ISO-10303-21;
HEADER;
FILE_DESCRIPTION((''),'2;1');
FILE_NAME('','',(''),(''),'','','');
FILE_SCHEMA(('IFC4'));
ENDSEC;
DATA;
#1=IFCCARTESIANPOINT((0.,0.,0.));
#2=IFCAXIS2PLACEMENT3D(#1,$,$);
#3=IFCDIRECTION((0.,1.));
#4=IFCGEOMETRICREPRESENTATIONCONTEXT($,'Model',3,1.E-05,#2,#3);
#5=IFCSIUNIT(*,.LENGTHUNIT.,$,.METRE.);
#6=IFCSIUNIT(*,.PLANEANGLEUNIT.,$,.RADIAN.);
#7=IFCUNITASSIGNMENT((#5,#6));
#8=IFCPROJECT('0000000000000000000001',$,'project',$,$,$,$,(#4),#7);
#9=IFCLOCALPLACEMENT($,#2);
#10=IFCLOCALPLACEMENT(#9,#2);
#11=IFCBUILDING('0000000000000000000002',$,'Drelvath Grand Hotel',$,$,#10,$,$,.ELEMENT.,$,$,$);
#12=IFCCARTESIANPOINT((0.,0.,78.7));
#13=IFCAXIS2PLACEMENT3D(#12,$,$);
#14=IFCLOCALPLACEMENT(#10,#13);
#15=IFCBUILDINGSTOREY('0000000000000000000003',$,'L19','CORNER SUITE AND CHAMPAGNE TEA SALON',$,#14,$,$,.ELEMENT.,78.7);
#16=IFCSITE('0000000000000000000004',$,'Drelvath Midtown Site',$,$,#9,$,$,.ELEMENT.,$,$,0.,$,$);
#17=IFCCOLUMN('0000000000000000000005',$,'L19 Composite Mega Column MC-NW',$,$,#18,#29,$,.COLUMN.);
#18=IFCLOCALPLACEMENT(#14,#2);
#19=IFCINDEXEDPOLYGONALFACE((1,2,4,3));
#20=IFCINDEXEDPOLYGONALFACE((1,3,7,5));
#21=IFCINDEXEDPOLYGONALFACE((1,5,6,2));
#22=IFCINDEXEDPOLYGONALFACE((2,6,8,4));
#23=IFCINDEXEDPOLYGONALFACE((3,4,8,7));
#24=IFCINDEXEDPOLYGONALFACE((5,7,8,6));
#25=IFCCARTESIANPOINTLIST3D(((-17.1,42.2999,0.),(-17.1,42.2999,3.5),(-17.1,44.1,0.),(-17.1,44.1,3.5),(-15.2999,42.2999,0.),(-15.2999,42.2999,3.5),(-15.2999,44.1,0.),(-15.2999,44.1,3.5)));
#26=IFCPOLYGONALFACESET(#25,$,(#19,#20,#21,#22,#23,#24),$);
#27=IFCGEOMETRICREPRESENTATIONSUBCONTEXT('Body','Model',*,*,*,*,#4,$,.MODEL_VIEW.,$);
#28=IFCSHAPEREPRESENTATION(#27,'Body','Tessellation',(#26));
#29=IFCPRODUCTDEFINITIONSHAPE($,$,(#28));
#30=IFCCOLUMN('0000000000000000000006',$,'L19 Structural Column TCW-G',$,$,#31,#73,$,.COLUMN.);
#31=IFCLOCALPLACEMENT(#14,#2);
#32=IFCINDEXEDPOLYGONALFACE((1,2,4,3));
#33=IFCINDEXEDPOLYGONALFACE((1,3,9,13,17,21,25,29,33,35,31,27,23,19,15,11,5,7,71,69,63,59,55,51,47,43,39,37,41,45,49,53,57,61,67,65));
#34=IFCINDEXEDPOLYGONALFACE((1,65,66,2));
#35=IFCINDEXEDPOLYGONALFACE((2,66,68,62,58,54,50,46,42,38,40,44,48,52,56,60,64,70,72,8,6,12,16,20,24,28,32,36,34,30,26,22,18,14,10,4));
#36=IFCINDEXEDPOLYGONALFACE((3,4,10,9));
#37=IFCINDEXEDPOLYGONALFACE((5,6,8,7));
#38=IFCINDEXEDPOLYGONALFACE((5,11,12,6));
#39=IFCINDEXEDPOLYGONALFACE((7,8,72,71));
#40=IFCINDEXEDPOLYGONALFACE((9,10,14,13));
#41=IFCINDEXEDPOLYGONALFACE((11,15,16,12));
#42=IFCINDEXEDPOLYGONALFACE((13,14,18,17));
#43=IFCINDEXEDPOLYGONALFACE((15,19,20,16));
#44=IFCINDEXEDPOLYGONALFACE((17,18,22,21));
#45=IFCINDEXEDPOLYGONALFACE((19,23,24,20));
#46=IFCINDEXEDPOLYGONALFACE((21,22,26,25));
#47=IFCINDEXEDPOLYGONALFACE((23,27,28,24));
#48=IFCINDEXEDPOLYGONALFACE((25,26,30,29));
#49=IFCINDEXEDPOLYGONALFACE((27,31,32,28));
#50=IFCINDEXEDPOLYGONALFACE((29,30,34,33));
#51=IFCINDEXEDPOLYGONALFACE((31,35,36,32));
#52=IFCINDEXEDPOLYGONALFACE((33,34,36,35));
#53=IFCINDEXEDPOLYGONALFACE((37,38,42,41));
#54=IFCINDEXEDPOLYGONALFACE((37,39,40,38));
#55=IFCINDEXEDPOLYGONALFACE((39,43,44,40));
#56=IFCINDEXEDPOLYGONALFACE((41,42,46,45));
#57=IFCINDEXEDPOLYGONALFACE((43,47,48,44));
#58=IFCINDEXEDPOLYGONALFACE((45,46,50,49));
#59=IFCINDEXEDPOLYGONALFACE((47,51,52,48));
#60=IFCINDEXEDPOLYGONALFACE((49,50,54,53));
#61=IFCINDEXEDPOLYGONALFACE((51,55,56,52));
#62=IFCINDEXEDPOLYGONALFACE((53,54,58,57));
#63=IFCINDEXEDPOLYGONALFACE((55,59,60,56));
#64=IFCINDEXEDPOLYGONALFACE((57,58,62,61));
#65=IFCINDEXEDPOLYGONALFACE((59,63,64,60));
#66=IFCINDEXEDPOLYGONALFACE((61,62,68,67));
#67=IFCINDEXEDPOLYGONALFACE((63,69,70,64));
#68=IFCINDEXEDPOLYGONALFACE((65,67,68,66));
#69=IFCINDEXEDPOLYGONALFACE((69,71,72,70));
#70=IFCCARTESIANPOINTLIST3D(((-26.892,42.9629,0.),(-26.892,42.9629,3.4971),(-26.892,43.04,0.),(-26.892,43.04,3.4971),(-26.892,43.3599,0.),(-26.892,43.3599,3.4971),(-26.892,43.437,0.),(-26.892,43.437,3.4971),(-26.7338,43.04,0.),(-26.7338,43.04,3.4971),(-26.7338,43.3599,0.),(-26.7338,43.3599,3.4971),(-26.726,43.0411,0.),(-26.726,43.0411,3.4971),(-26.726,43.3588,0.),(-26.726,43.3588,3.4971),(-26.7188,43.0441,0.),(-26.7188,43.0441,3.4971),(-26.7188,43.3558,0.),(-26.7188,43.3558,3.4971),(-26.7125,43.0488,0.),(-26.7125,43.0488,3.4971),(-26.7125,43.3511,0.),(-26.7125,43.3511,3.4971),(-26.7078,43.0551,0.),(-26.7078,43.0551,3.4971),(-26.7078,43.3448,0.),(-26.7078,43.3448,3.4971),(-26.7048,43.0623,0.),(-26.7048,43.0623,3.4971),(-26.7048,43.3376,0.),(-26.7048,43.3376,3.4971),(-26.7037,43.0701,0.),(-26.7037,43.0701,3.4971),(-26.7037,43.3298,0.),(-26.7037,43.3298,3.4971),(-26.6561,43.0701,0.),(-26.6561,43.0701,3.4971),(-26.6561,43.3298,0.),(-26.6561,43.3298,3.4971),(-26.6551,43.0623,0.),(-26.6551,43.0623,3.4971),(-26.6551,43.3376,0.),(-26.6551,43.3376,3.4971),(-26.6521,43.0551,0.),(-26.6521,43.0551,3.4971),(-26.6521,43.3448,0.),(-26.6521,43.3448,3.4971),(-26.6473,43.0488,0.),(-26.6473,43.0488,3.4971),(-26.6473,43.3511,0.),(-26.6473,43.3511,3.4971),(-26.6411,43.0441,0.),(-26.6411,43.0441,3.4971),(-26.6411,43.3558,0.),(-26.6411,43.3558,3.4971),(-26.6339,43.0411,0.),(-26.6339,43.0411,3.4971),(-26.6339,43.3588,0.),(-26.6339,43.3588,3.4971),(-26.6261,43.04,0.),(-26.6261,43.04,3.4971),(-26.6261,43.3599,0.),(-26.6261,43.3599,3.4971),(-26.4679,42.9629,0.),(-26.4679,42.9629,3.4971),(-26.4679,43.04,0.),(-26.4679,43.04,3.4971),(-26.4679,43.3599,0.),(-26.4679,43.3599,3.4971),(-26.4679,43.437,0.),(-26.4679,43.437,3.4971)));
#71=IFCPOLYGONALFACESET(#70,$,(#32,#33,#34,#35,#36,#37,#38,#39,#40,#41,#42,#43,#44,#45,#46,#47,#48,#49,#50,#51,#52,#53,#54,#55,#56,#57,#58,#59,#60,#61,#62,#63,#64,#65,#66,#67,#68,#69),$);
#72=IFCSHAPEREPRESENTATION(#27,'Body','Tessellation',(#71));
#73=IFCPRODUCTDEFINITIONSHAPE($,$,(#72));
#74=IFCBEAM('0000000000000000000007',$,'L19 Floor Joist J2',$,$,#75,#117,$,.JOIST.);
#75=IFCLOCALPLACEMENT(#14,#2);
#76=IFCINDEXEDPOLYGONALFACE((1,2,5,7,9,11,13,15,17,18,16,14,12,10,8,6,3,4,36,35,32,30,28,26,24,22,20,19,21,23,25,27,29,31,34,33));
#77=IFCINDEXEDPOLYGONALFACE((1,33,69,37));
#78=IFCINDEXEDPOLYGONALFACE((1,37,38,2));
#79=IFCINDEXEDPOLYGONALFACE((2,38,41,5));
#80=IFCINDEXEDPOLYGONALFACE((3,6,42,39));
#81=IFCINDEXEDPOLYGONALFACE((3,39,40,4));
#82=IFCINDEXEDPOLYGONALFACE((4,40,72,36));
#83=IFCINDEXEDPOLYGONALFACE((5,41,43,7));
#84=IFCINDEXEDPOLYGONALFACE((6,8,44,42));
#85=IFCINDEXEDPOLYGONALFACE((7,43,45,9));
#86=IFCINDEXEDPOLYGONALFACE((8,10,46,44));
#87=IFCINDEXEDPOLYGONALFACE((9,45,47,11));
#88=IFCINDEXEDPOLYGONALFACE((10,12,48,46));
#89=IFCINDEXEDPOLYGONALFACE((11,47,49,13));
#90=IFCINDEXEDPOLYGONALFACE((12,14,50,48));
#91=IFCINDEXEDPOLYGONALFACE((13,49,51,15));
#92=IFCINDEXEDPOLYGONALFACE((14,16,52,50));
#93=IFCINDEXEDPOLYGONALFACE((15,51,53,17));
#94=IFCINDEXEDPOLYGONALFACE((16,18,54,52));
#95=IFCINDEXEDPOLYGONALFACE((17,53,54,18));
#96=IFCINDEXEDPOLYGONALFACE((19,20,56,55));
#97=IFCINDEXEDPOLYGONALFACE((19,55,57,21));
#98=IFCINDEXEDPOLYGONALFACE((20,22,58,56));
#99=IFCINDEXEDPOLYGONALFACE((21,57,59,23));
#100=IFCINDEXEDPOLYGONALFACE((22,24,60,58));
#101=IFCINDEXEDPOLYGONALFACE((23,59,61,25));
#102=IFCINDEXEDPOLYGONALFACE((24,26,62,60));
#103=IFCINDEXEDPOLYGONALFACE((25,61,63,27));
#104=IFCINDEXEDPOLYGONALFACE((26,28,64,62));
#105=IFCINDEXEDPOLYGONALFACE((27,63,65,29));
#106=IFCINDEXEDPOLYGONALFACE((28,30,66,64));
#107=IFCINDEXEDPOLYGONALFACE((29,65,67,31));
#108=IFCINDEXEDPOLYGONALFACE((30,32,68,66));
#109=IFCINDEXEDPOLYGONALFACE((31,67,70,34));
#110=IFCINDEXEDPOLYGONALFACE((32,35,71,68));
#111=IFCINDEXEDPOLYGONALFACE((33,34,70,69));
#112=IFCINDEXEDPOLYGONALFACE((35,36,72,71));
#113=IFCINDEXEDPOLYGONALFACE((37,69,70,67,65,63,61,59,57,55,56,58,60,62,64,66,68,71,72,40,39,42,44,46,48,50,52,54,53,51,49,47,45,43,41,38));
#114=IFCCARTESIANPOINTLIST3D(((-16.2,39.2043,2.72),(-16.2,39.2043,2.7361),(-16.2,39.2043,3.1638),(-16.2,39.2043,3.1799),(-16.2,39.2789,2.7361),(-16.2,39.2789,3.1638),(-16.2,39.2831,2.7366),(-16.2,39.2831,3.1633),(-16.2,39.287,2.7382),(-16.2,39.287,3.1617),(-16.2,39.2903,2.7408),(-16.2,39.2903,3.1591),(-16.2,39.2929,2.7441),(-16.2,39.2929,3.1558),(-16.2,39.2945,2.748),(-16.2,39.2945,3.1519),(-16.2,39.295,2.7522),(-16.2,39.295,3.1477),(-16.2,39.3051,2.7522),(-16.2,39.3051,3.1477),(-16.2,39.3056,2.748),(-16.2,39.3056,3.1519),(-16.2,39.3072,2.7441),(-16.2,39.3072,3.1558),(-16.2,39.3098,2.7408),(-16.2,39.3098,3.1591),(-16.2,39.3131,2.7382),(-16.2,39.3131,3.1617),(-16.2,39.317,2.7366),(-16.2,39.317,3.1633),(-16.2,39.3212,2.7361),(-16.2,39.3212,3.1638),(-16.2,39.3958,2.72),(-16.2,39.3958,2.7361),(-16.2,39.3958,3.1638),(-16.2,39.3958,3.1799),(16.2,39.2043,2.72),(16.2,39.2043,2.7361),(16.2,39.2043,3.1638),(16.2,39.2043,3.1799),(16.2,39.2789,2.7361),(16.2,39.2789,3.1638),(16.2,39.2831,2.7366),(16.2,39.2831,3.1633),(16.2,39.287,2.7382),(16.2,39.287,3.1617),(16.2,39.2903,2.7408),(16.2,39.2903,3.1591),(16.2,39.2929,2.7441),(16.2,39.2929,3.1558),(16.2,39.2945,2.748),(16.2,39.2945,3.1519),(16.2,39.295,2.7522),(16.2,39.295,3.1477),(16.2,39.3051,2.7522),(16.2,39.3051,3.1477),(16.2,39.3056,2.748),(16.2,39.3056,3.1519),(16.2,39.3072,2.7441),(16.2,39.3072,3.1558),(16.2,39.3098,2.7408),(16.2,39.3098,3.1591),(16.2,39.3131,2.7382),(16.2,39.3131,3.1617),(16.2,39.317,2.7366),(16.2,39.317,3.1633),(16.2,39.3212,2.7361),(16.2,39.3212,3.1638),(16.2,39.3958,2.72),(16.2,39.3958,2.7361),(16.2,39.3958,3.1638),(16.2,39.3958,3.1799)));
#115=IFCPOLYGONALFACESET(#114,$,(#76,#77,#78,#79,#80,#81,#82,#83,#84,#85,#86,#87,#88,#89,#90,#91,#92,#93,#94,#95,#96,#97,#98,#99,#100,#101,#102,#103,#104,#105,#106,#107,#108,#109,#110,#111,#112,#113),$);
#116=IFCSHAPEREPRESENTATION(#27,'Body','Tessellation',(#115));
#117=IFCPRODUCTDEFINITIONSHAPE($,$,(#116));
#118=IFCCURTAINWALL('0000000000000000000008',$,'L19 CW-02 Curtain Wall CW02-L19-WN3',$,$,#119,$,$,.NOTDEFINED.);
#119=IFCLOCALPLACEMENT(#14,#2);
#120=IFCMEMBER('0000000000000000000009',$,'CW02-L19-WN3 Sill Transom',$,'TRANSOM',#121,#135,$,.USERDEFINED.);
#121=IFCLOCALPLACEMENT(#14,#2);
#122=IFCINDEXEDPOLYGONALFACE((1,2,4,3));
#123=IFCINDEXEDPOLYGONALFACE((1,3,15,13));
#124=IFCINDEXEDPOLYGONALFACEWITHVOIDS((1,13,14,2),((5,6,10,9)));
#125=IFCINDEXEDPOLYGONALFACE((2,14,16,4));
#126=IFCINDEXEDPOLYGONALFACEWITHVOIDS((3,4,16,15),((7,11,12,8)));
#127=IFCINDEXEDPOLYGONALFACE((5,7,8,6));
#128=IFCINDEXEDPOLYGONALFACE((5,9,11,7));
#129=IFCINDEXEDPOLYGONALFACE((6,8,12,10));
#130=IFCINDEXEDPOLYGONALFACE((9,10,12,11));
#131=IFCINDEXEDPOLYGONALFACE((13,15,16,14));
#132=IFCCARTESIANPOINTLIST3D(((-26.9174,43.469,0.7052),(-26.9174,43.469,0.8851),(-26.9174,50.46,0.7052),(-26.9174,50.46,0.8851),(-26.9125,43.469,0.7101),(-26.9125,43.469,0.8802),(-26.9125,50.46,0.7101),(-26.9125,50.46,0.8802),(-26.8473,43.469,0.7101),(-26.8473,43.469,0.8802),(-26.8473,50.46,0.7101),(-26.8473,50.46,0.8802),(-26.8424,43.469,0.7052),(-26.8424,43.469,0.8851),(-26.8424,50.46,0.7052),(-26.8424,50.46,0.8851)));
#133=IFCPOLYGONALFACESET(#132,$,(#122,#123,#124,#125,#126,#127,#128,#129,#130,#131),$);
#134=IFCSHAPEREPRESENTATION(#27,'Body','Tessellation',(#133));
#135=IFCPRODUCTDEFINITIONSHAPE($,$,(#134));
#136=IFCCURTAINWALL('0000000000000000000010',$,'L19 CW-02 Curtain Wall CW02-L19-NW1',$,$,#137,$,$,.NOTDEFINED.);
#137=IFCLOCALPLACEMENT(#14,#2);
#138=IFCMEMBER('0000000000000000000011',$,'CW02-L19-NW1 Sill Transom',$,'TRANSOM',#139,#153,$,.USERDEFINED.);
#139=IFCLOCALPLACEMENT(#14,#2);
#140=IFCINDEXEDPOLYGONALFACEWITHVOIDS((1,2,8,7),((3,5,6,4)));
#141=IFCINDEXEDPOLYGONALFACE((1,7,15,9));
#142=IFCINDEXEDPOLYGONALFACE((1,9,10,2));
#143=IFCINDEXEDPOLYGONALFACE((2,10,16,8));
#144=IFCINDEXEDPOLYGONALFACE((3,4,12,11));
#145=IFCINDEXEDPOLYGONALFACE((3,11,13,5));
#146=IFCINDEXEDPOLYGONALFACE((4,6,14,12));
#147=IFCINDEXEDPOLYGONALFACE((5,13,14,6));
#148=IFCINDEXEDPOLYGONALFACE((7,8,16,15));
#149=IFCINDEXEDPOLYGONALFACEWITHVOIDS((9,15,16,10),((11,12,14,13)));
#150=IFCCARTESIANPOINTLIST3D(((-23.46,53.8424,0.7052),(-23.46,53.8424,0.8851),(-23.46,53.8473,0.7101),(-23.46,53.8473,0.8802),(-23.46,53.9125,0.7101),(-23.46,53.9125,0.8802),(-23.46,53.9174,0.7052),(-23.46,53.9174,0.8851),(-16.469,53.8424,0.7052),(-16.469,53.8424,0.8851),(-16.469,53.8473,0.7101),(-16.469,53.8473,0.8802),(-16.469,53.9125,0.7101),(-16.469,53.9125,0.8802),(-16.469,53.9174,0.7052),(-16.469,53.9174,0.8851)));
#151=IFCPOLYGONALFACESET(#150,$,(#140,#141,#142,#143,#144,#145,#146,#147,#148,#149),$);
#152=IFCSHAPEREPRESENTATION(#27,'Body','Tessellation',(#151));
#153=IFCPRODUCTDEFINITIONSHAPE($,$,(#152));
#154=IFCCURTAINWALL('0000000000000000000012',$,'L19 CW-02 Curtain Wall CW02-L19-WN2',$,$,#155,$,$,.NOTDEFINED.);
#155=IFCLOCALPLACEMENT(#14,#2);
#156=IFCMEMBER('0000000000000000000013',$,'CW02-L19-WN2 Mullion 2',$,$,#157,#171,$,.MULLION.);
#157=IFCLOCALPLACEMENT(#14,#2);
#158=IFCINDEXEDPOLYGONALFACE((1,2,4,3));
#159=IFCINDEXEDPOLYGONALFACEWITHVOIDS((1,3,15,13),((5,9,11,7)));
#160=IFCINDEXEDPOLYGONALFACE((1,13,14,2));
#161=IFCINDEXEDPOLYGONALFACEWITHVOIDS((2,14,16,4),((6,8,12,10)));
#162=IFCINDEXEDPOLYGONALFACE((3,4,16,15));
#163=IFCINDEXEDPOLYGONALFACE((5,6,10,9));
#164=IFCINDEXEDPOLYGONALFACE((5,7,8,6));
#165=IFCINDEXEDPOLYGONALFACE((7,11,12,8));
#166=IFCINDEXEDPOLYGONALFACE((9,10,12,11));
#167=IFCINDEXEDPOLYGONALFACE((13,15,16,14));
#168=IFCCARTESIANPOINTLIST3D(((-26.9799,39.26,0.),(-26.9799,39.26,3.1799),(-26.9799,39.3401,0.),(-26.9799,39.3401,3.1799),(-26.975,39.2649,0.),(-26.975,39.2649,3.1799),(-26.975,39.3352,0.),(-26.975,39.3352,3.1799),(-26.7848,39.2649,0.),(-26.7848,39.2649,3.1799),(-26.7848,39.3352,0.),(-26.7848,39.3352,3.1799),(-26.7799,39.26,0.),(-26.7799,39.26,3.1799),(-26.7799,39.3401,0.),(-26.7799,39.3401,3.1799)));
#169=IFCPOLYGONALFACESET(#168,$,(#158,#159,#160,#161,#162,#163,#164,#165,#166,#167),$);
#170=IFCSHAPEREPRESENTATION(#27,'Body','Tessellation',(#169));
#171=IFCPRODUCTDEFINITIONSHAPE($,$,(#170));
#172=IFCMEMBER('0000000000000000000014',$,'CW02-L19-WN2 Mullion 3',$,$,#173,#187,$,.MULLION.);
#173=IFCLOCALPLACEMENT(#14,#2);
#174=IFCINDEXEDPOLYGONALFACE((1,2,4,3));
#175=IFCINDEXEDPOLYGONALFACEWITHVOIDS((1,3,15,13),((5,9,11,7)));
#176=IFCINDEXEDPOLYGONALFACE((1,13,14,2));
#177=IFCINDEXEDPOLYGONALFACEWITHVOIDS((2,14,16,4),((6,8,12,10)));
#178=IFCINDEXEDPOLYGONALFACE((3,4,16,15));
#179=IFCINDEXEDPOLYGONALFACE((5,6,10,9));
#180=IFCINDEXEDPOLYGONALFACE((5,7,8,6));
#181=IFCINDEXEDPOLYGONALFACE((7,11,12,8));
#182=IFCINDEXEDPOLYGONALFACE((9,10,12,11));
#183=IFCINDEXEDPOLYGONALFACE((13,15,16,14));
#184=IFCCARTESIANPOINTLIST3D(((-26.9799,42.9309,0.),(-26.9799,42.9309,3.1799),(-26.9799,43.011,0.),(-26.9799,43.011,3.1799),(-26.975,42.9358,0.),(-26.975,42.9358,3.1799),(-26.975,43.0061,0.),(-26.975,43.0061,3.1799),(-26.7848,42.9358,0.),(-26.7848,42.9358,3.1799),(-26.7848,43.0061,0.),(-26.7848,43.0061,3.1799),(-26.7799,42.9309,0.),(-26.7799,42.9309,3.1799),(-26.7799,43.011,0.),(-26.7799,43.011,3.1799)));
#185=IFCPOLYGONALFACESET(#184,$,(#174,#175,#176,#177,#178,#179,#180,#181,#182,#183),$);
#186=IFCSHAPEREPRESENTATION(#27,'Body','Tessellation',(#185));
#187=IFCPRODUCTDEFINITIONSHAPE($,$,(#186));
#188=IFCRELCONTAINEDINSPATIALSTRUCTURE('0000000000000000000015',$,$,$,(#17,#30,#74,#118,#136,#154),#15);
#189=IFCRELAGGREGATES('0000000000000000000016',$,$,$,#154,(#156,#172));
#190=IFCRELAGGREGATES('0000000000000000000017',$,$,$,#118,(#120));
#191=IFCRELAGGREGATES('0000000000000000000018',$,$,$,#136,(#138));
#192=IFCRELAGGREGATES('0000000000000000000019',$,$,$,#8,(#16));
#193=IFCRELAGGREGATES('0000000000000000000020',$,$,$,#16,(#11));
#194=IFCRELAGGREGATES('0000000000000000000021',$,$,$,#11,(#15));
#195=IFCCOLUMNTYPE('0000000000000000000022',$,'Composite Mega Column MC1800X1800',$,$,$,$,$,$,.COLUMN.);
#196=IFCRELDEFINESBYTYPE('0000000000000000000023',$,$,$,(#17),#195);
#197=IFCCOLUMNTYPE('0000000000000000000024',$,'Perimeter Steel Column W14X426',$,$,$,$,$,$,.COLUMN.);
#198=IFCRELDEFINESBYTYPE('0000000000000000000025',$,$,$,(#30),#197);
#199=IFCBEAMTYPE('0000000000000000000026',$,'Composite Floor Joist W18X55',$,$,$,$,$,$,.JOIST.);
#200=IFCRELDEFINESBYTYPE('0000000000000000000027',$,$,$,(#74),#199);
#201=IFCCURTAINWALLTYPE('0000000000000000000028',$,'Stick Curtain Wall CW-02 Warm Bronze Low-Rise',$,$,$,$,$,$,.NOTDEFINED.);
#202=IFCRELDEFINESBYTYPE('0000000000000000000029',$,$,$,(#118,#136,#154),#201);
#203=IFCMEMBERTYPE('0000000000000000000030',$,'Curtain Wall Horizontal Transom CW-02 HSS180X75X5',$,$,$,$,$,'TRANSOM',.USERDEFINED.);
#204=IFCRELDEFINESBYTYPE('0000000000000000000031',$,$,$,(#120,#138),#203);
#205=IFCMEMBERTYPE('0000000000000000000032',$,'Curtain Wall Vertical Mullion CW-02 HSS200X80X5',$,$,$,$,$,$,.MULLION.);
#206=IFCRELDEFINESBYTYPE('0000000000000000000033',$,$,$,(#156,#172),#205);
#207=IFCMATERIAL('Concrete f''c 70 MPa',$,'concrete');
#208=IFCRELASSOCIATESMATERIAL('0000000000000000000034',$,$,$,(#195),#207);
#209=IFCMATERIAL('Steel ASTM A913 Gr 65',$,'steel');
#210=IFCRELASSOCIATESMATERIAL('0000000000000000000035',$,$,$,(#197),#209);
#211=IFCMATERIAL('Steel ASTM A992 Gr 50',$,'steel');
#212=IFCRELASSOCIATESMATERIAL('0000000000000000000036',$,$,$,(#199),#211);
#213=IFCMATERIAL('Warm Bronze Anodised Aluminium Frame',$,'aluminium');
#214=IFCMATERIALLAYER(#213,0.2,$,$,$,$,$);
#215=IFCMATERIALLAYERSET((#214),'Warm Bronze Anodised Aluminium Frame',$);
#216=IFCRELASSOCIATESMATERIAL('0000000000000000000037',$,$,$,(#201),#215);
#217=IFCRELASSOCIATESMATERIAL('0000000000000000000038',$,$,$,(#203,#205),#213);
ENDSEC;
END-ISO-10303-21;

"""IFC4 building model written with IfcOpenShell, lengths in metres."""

from ifc_helpers import new_model, si_unit, direction, frame, origin, origin_2d, place, context, subcontext, project, spatial, rectangle, hollow_rectangle, i_section, extrude, material, layer, layer_set, material_profile, profile_set, type_object, element, aggregate, save


model = new_model("IFC4")

# Units and contexts
model_context = context("Model", 3, precision=1e-05, world=origin(), true_north=direction((0.0, 1.0)))
body_context = subcontext(model_context, "Body", "Model", "MODEL_VIEW")
ifc_project = project(units=[si_unit("LENGTHUNIT", "METRE"), si_unit("PLANEANGLEUNIT", "RADIAN")], contexts=[model_context])

# Site, building, storey
site_placement = place(None, origin())
site = spatial("IfcSite", under=ifc_project, at=site_placement, Name="Drelvath Midtown Site", CompositionType="ELEMENT", RefElevation=0.0)
building_placement = place(site_placement, origin())
building = spatial("IfcBuilding", under=site, at=building_placement, Name="Drelvath Grand Hotel", CompositionType="ELEMENT")
storey_placement = place(building_placement, frame((0.0, 0.0, 78.7)))
storey = spatial("IfcBuildingStorey", under=building, at=storey_placement, Name="L19", Description="CORNER SUITE AND CHAMPAGNE TEA SALON", CompositionType="ELEMENT", Elevation=78.7)

# Columns
ifc_material_1 = material(Name="Concrete f'c 70 MPa", Category="concrete")
ifc_material_profile_1 = material_profile(ifc_material_1, rectangle(XDim=1.8, YDim=1.8, at=origin_2d()), Name="MC1800X1800")
ifc_profile_set_1 = profile_set([ifc_material_profile_1], Name="Concrete f'c 70 MPa")
column_type_1 = type_object("IfcColumnType", Name="Composite Mega Column MC1800X1800", PredefinedType="COLUMN", material=ifc_profile_set_1)
column_1_placement = place(storey_placement, frame((-16.2, 43.2, 0.0), z_axis=(0.0, 0.0, 1.0), x_axis=(1.0, 0.0, 0.0)))
element("IfcColumn", 1, at=column_1_placement, inside=storey, type_object=column_type_1, Name="L19 Composite Mega Column MC-NW", PredefinedType="COLUMN", context=body_context, shape_type="SweptSolid", body=[
    extrude(rectangle(XDim=1.8, YDim=1.8, at=origin_2d()), origin(), (0.0, 0.0, 1.0), 3.5),
])
ifc_material_2 = material(Name="Steel ASTM A913 Gr 65", Category="steel")
ifc_material_profile_2 = material_profile(ifc_material_2, i_section(OverallWidth=0.4241, OverallDepth=0.4741, WebThickness=0.0476, FlangeThickness=0.0771, FilletRadius=0.03, at=origin_2d()), Name="W14X426")
ifc_profile_set_2 = profile_set([ifc_material_profile_2], Name="Steel ASTM A913 Gr 65")
column_type_2 = type_object("IfcColumnType", Name="Perimeter Steel Column W14X426", PredefinedType="COLUMN", material=ifc_profile_set_2)
column_2_placement = place(storey_placement, frame((-26.6799, 43.2, 0.0), z_axis=(0.0, 0.0, 1.0), x_axis=(1.0, 0.0, 0.0)))
element("IfcColumn", 2, at=column_2_placement, inside=storey, type_object=column_type_2, Name="L19 Structural Column TCW-G", PredefinedType="COLUMN", context=body_context, shape_type="SweptSolid", body=[
    extrude(i_section(OverallWidth=0.4241, OverallDepth=0.4741, WebThickness=0.0476, FlangeThickness=0.0771, FilletRadius=0.03, at=origin_2d()), origin(), (0.0, 0.0, 1.0), 3.4971),
])

# Beam
ifc_material_3 = material(Name="Steel ASTM A992 Gr 50", Category="steel")
ifc_material_profile_3 = material_profile(ifc_material_3, i_section(OverallWidth=0.1914, OverallDepth=0.46, WebThickness=0.01, FlangeThickness=0.0161, FilletRadius=0.0161, at=origin_2d()), Name="W18X55")
ifc_profile_set_3 = profile_set([ifc_material_profile_3], Name="Steel ASTM A992 Gr 50")
beam_type_1 = type_object("IfcBeamType", Name="Composite Floor Joist W18X55", PredefinedType="JOIST", material=ifc_profile_set_3)
beam_1_placement = place(storey_placement, frame((-16.2, 39.3, 2.95), z_axis=(1.0, 0.0, 0.0), x_axis=(0.0, 1.0, 0.0)))
element("IfcBeam", 3, at=beam_1_placement, inside=storey, type_object=beam_type_1, Name="L19 Floor Joist J2", PredefinedType="JOIST", context=body_context, shape_type="SweptSolid", body=[
    extrude(i_section(OverallWidth=0.1914, OverallDepth=0.46, WebThickness=0.01, FlangeThickness=0.0161, FilletRadius=0.0161, at=origin_2d()), origin(), (0.0, 0.0, 1.0), 32.3999),
])

# Curtain walls, members
ifc_material_4 = material(Name="Warm Bronze Anodised Aluminium Frame", Category="aluminium")
ifc_layer_1 = layer(ifc_material_4, 0.2)
ifc_layer_set_1 = layer_set([ifc_layer_1], Name="Warm Bronze Anodised Aluminium Frame")
curtain_wall_type = type_object("IfcCurtainWallType", Name="Stick Curtain Wall CW-02 Warm Bronze Low-Rise", PredefinedType="NOTDEFINED", material=ifc_layer_set_1)
curtain_wall_1_placement = place(storey_placement, origin())
curtain_wall_1 = element("IfcCurtainWall", 4, at=curtain_wall_1_placement, inside=storey, type_object=curtain_wall_type, Name="L19 CW-02 Curtain Wall CW02-L19-WN3", PredefinedType="NOTDEFINED")
ifc_material_profile_4 = material_profile(ifc_material_4, hollow_rectangle(XDim=0.075, YDim=0.1799, WallThickness=0.0049, at=origin_2d()), Name="HSS180X75X5")
ifc_profile_set_4 = profile_set([ifc_material_profile_4], Name="Warm Bronze Anodised Aluminium Frame")
member_type_1 = type_object("IfcMemberType", Name="Curtain Wall Horizontal Transom CW-02 HSS180X75X5", ElementType="TRANSOM", PredefinedType="USERDEFINED", material=ifc_profile_set_4)
member_1_placement = place(storey_placement, frame((-26.8799, 43.469, 0.7952), z_axis=(0.0, 1.0, 0.0), x_axis=(-1.0, 0.0, 0.0)))
member_1 = element("IfcMember", 5, at=member_1_placement, type_object=member_type_1, Name="CW02-L19-WN3 Sill Transom", ObjectType="TRANSOM", PredefinedType="USERDEFINED", context=body_context, shape_type="SweptSolid", body=[
    extrude(hollow_rectangle(XDim=0.075, YDim=0.1799, WallThickness=0.0049, at=origin_2d()), origin(), (0.0, 0.0, 1.0), 6.991),
])
curtain_wall_2_placement = place(storey_placement, origin())
curtain_wall_2 = element("IfcCurtainWall", 6, at=curtain_wall_2_placement, inside=storey, type_object=curtain_wall_type, Name="L19 CW-02 Curtain Wall CW02-L19-NW1", PredefinedType="NOTDEFINED")
member_2_placement = place(storey_placement, frame((-23.46, 53.8799, 0.7952), z_axis=(1.0, 0.0, 0.0), x_axis=(0.0, 1.0, 0.0)))
member_2 = element("IfcMember", 7, at=member_2_placement, type_object=member_type_1, Name="CW02-L19-NW1 Sill Transom", ObjectType="TRANSOM", PredefinedType="USERDEFINED", context=body_context, shape_type="SweptSolid", body=[
    extrude(hollow_rectangle(XDim=0.075, YDim=0.1799, WallThickness=0.0049, at=origin_2d()), origin(), (0.0, 0.0, 1.0), 6.991),
])

# Curtain wall, members
curtain_wall_3_placement = place(storey_placement, origin())
curtain_wall_3 = element("IfcCurtainWall", 8, at=curtain_wall_3_placement, inside=storey, type_object=curtain_wall_type, Name="L19 CW-02 Curtain Wall CW02-L19-WN2", PredefinedType="NOTDEFINED")
ifc_material_profile_5 = material_profile(ifc_material_4, hollow_rectangle(XDim=0.0801, YDim=0.2, WallThickness=0.0049, at=origin_2d()), Name="HSS200X80X5")
ifc_profile_set_5 = profile_set([ifc_material_profile_5], Name="Warm Bronze Anodised Aluminium Frame")
member_type_2 = type_object("IfcMemberType", Name="Curtain Wall Vertical Mullion CW-02 HSS200X80X5", PredefinedType="MULLION", material=ifc_profile_set_5)
member_3_placement = place(storey_placement, frame((-26.8799, 39.3, 0.0), z_axis=(0.0, 0.0, 1.0), x_axis=(0.0, 1.0, 0.0)))
member_3 = element("IfcMember", 9, at=member_3_placement, type_object=member_type_2, Name="CW02-L19-WN2 Mullion 2", PredefinedType="MULLION", context=body_context, shape_type="SweptSolid", body=[
    extrude(hollow_rectangle(XDim=0.0801, YDim=0.2, WallThickness=0.0049, at=origin_2d()), origin(), (0.0, 0.0, 1.0), 3.1799),
])
member_4_placement = place(storey_placement, frame((-26.8799, 42.9709, 0.0), z_axis=(0.0, 0.0, 1.0), x_axis=(0.0, 1.0, 0.0)))
member_4 = element("IfcMember", 10, at=member_4_placement, type_object=member_type_2, Name="CW02-L19-WN2 Mullion 3", PredefinedType="MULLION", context=body_context, shape_type="SweptSolid", body=[
    extrude(hollow_rectangle(XDim=0.0801, YDim=0.2, WallThickness=0.0049, at=origin_2d()), origin(), (0.0, 0.0, 1.0), 3.1799),
])

aggregate(curtain_wall_3, [member_3, member_4])
aggregate(curtain_wall_1, [member_1])
aggregate(curtain_wall_2, [member_2])

save(model, "model.ifc")
